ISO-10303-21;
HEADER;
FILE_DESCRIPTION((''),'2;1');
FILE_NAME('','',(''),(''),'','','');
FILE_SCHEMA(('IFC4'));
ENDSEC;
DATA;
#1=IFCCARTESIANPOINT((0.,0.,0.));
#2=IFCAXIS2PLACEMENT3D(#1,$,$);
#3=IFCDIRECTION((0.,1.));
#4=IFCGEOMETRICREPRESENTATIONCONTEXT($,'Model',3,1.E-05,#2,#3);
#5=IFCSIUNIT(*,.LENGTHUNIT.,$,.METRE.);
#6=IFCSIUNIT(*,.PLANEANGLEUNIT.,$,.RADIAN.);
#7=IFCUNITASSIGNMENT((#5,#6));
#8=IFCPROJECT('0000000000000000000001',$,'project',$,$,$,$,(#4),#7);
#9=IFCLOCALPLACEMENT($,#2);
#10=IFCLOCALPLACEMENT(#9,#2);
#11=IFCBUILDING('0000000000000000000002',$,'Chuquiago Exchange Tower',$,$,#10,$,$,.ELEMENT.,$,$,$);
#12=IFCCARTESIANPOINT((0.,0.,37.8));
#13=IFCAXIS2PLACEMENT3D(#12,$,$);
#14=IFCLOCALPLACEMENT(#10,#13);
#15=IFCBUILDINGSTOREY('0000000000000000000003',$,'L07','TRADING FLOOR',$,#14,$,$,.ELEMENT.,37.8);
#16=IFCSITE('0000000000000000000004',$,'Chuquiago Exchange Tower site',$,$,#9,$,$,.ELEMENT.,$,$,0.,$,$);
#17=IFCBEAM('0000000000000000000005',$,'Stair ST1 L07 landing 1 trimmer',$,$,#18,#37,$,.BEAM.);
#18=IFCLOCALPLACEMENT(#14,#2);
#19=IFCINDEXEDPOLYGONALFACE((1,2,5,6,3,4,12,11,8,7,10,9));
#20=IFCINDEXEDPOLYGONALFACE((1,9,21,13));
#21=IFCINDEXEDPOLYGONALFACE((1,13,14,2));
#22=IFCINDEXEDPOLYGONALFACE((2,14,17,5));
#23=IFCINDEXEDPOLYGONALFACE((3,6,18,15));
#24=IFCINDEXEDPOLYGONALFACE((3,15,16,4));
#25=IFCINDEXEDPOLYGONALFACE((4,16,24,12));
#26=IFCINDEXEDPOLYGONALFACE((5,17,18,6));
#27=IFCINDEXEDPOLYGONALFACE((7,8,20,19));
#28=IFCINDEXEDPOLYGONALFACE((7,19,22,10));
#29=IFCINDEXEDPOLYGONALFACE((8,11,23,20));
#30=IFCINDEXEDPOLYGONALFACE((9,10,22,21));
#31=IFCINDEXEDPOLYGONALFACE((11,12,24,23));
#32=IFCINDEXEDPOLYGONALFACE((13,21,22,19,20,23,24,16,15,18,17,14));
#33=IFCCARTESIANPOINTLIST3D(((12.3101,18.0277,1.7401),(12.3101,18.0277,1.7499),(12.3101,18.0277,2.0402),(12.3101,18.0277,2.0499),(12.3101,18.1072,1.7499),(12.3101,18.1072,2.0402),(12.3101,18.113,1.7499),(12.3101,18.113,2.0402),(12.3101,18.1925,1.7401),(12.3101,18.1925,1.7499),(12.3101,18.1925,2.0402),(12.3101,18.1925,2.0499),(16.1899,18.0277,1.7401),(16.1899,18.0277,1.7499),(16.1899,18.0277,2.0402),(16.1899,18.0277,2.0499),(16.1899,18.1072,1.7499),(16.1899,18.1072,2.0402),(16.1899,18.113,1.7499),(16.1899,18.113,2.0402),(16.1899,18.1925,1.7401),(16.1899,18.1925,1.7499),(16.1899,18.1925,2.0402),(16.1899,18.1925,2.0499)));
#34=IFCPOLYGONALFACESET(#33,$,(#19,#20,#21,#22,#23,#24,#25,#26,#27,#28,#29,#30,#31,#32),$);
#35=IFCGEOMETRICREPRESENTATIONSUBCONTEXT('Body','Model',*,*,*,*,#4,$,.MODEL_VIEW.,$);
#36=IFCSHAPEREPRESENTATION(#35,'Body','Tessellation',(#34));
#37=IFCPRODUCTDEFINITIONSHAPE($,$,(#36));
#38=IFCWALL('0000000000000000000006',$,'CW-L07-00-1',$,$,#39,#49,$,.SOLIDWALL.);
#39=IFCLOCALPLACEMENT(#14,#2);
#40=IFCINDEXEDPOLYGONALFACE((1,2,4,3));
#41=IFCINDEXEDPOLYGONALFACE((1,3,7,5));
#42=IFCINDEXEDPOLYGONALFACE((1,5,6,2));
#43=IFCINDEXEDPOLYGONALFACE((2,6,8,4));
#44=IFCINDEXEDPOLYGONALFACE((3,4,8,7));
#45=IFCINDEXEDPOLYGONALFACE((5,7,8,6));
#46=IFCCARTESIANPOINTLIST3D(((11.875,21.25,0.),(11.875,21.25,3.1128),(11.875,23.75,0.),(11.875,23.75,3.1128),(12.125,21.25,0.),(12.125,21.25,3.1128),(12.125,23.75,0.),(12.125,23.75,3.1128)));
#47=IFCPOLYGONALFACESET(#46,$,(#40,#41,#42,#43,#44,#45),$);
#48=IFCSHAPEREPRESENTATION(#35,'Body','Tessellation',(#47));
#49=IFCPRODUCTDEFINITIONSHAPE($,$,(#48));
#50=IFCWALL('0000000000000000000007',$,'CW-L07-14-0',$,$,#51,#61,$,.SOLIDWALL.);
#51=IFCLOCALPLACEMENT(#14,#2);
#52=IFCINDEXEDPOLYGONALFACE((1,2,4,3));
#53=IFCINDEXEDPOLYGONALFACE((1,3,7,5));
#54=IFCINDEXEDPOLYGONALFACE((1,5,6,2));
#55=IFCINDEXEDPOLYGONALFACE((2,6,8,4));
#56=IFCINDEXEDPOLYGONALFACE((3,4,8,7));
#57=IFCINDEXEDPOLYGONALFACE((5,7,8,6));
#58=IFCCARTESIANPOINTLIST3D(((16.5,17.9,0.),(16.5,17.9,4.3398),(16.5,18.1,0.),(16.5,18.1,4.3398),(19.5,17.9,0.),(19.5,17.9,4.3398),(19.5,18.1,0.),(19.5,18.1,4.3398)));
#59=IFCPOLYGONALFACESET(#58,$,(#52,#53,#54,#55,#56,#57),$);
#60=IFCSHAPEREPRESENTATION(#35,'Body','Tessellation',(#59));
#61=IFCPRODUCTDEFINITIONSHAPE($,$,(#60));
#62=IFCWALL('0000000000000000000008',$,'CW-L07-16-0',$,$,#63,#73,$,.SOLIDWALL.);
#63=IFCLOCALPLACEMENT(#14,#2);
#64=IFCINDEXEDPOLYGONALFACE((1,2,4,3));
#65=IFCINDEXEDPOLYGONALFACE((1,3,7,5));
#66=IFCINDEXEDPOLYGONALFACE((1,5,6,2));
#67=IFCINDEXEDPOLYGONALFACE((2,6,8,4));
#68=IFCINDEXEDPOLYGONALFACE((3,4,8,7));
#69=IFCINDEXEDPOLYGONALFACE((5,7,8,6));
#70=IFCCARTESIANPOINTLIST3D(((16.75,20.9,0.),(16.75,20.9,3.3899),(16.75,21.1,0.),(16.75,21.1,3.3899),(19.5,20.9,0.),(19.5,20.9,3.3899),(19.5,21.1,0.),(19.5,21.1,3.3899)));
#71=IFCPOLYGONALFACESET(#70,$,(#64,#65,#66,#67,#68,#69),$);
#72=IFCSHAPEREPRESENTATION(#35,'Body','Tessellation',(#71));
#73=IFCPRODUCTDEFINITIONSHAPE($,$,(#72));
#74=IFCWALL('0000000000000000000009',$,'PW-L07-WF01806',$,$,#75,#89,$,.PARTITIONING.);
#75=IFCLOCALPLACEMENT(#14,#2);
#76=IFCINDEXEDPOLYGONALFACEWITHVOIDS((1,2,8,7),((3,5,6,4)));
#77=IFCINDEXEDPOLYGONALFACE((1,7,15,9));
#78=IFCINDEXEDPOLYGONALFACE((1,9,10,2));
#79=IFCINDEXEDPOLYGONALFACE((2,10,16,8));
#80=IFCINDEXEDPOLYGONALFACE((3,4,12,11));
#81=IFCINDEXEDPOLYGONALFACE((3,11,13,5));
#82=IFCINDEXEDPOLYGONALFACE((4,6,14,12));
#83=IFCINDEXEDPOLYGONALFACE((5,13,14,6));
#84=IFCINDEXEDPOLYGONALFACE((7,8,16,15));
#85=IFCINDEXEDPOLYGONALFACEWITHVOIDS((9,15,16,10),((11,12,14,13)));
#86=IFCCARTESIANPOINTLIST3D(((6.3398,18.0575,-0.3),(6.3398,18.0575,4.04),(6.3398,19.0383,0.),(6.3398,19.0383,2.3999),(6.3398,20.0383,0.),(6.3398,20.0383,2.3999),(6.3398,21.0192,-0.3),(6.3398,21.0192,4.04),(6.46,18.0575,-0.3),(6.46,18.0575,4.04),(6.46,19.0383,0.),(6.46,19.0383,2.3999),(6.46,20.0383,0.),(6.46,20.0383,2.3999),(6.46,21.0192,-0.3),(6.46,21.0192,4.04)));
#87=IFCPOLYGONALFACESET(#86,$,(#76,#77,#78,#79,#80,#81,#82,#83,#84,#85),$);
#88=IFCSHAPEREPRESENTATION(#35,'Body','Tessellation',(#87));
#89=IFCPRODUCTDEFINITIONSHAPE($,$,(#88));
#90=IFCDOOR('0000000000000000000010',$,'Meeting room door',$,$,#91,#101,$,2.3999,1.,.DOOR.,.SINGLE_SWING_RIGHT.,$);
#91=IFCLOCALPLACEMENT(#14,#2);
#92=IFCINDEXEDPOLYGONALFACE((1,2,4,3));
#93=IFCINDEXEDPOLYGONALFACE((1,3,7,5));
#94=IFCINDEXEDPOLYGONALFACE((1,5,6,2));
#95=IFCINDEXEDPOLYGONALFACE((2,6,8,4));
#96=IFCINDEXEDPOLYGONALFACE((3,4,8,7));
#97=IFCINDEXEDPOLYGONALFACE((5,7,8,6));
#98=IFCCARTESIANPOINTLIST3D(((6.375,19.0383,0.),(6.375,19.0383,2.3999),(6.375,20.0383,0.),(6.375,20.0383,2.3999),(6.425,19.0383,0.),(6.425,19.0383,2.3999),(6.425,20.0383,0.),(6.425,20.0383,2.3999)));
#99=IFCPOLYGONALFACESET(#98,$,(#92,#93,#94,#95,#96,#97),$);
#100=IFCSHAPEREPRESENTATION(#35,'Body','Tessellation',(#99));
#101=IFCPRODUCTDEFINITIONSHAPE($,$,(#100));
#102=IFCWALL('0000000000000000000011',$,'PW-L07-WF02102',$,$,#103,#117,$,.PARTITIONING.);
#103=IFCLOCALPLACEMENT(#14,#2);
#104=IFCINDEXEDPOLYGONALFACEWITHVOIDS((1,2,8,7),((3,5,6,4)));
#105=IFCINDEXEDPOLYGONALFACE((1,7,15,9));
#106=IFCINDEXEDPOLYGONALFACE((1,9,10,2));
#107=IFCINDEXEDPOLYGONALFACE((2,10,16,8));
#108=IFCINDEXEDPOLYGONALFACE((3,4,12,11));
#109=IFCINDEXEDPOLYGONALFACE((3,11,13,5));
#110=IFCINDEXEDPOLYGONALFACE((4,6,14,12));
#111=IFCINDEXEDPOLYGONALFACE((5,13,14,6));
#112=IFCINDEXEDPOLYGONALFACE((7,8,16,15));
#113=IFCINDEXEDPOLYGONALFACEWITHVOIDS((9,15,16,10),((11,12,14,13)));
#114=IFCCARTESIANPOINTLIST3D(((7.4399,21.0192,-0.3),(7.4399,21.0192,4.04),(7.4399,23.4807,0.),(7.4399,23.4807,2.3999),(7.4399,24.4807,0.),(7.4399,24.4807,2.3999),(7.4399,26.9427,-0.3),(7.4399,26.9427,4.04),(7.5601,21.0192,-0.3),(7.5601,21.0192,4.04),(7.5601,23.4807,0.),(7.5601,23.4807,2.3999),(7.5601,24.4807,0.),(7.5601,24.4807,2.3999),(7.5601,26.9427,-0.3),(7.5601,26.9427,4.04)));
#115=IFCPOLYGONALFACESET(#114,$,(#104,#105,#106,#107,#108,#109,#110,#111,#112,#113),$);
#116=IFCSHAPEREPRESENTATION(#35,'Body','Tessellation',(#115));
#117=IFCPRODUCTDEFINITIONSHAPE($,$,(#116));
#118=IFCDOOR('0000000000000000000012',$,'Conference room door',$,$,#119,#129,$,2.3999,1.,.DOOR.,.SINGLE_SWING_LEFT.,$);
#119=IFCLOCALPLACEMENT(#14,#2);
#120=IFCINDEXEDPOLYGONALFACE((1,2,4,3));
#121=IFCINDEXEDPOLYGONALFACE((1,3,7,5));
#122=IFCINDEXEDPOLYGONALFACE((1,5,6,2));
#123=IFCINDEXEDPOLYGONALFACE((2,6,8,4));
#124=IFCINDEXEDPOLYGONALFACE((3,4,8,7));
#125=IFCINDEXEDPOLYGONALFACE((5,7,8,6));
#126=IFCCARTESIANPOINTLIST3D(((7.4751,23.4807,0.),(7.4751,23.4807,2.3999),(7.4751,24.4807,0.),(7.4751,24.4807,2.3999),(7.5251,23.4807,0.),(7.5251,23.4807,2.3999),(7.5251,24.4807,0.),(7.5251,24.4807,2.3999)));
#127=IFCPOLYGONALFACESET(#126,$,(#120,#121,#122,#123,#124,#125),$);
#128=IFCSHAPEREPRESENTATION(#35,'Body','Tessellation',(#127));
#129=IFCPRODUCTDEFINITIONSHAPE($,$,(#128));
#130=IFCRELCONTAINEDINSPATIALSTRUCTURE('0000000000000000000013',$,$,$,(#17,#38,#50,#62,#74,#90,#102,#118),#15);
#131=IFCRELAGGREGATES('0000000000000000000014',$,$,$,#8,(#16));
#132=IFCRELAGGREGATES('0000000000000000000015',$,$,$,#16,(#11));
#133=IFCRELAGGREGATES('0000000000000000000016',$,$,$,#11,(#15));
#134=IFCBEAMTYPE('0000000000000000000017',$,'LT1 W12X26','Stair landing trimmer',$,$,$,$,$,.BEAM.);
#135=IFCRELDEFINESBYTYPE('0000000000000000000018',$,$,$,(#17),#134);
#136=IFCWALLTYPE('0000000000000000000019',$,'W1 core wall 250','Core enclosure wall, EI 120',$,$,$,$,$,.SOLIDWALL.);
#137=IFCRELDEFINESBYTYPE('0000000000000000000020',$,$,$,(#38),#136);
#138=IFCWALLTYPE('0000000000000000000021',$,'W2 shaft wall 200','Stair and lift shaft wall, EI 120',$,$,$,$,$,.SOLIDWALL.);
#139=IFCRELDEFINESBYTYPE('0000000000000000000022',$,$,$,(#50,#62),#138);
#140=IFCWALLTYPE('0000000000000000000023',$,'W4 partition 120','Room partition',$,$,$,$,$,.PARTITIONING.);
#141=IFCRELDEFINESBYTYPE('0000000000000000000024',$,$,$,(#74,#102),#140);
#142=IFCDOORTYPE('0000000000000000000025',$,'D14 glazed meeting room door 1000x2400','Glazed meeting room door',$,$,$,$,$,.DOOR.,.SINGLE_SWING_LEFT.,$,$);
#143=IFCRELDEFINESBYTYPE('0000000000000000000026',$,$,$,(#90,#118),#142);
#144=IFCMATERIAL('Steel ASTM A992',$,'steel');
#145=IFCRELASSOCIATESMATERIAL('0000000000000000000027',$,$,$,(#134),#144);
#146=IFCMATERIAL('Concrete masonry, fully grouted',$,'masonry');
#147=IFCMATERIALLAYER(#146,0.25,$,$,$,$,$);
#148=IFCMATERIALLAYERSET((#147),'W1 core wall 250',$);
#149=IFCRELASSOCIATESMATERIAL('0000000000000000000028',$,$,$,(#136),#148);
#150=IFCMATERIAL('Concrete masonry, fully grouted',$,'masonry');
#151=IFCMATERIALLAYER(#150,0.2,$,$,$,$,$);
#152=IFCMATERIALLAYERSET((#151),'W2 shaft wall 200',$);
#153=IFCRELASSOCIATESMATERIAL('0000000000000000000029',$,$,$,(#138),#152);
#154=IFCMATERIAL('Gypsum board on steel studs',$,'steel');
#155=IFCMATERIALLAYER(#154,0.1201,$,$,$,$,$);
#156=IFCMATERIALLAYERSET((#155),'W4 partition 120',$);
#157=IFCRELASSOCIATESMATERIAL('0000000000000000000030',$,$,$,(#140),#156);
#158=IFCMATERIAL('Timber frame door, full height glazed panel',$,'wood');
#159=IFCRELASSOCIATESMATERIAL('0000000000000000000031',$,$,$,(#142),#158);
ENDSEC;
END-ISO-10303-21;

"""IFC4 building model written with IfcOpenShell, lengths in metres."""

from ifc_helpers import new_model, si_unit, direction, frame, frame_2d, origin, origin_2d, place, context, subcontext, project, spatial, rectangle, i_section, extrude, material, layer, layer_set, material_profile, profile_set, type_object, element, fill, save


model = new_model("IFC4")

# Units and contexts
model_context = context("Model", 3, precision=1e-05, world=origin(), true_north=direction((0.0, 1.0)))
body_context = subcontext(model_context, "Body", "Model", "MODEL_VIEW")
ifc_project = project(units=[si_unit("LENGTHUNIT", "METRE"), si_unit("PLANEANGLEUNIT", "RADIAN")], contexts=[model_context])

# Site, building, storey
site_placement = place(None, origin())
site = spatial("IfcSite", under=ifc_project, at=site_placement, Name="Chuquiago Exchange Tower site", CompositionType="ELEMENT", RefElevation=0.0)
building_placement = place(site_placement, origin())
building = spatial("IfcBuilding", under=site, at=building_placement, Name="Chuquiago Exchange Tower", CompositionType="ELEMENT")
storey_placement = place(building_placement, frame((0.0, 0.0, 37.8)))
storey = spatial("IfcBuildingStorey", under=building, at=storey_placement, Name="L07", Description="TRADING FLOOR", CompositionType="ELEMENT", Elevation=37.8)

# Beam
ifc_material_1 = material(Name="Steel ASTM A992", Category="steel")
ifc_material_profile_1 = material_profile(ifc_material_1, i_section(OverallWidth=0.1648, OverallDepth=0.3098, WebThickness=0.0059, FlangeThickness=0.0098, at=origin_2d()), Name="W12X26")
ifc_profile_set_1 = profile_set([ifc_material_profile_1], Name="Steel ASTM A992")
beam_type_1 = type_object("IfcBeamType", Name="LT1 W12X26", Description="Stair landing trimmer", PredefinedType="BEAM", material=ifc_profile_set_1)
beam_1_placement = place(storey_placement, frame((12.3101, 18.1101, 1.895), z_axis=(1.0, 0.0, 0.0), x_axis=(0.0, 1.0, 0.0)))
element("IfcBeam", 1, at=beam_1_placement, inside=storey, type_object=beam_type_1, Name="Stair ST1 L07 landing 1 trimmer", PredefinedType="BEAM", context=body_context, shape_type="SweptSolid", body=[
    extrude(i_section(OverallWidth=0.1648, OverallDepth=0.3098, WebThickness=0.0059, FlangeThickness=0.0098, at=origin_2d()), origin(), (0.0, 0.0, 1.0), 3.8799),
])

# Walls
ifc_material_2 = material(Name="Concrete masonry, fully grouted", Category="masonry")
ifc_layer_1 = layer(ifc_material_2, 0.25)
ifc_layer_set_1 = layer_set([ifc_layer_1], Name="W1 core wall 250")
wall_type_1 = type_object("IfcWallType", Name="W1 core wall 250", Description="Core enclosure wall, EI 120", PredefinedType="SOLIDWALL", material=ifc_layer_set_1)
wall_1_placement = place(storey_placement, frame((12.0, 21.25, 0.0), z_axis=(0.0, 0.0, 1.0), x_axis=(0.0, 1.0, 0.0)))
element("IfcWall", 2, at=wall_1_placement, inside=storey, type_object=wall_type_1, Name="CW-L07-00-1", PredefinedType="SOLIDWALL", context=body_context, shape_type="SweptSolid", body=[
    extrude(rectangle(XDim=2.5, YDim=0.25, at=frame_2d((1.25, 0.0))), origin(), (0.0, 0.0, 1.0), 3.1128),
])
ifc_material_3 = material(Name="Concrete masonry, fully grouted", Category="masonry")
ifc_layer_2 = layer(ifc_material_3, 0.2)
ifc_layer_set_2 = layer_set([ifc_layer_2], Name="W2 shaft wall 200")
wall_type_2 = type_object("IfcWallType", Name="W2 shaft wall 200", Description="Stair and lift shaft wall, EI 120", PredefinedType="SOLIDWALL", material=ifc_layer_set_2)
wall_2_placement = place(storey_placement, frame((16.5, 18.0, 0.0), z_axis=(0.0, 0.0, 1.0), x_axis=(1.0, 0.0, 0.0)))
element("IfcWall", 3, at=wall_2_placement, inside=storey, type_object=wall_type_2, Name="CW-L07-14-0", PredefinedType="SOLIDWALL", context=body_context, shape_type="SweptSolid", body=[
    extrude(rectangle(XDim=3.0, YDim=0.2, at=frame_2d((1.5, 0.0))), origin(), (0.0, 0.0, 1.0), 4.3398),
])
wall_3_placement = place(storey_placement, frame((16.75, 21.0, 0.0), z_axis=(0.0, 0.0, 1.0), x_axis=(1.0, 0.0, 0.0)))
element("IfcWall", 4, at=wall_3_placement, inside=storey, type_object=wall_type_2, Name="CW-L07-16-0", PredefinedType="SOLIDWALL", context=body_context, shape_type="SweptSolid", body=[
    extrude(rectangle(XDim=2.75, YDim=0.2, at=frame_2d((1.375, 0.0))), origin(), (0.0, 0.0, 1.0), 3.3899),
])

# Walls, openings, doors
ifc_material_4 = material(Name="Gypsum board on steel studs", Category="steel")
ifc_layer_3 = layer(ifc_material_4, 0.1201)
ifc_layer_set_3 = layer_set([ifc_layer_3], Name="W4 partition 120")
wall_type_3 = type_object("IfcWallType", Name="W4 partition 120", Description="Room partition", PredefinedType="PARTITIONING", material=ifc_layer_set_3)
wall_4_placement = place(storey_placement, frame((6.3999, 18.0574, -0.3), z_axis=(0.0, 0.0, 1.0), x_axis=(0.0, 1.0, 0.0)))
wall_4 = element("IfcWall", 5, at=wall_4_placement, inside=storey, type_object=wall_type_3, Name="PW-L07-WF01806", PredefinedType="PARTITIONING", context=body_context, shape_type="SweptSolid", body=[
    extrude(rectangle(XDim=2.9617, YDim=0.1201, at=frame_2d((1.481, 0.0))), origin(), (0.0, 0.0, 1.0), 4.3401),
])
opening_1_placement = place(wall_4_placement, frame((0.981, 0.0, 0.3)))
opening_1 = element("IfcOpeningElement", 6, at=opening_1_placement, cuts=wall_4, PredefinedType="OPENING", context=body_context, shape_type="SweptSolid", body=[
    extrude(rectangle(XDim=1.0, YDim=2.3999, at=frame_2d((0.5, 1.2))), frame((0.0, 0.0701, 0.0), z_axis=(0.0, -1.0, 0.0), x_axis=(1.0, 0.0, 0.0)), (0.0, 0.0, 1.0), 0.1401),
])
ifc_material_5 = material(Name="Timber frame door, full height glazed panel", Category="wood")
door_type = type_object("IfcDoorType", Name="D14 glazed meeting room door 1000x2400", Description="Glazed meeting room door", OperationType="SINGLE_SWING_LEFT", PredefinedType="DOOR", material=ifc_material_5)
door_1_placement = place(opening_1_placement, origin())
door_1 = element("IfcDoor", 7, at=door_1_placement, inside=storey, type_object=door_type, Name="Meeting room door", OperationType="SINGLE_SWING_RIGHT", OverallHeight=2.3999, OverallWidth=1.0, PredefinedType="DOOR", context=body_context, shape_type="SweptSolid", body=[
    extrude(rectangle(XDim=1.0, YDim=2.3999, at=frame_2d((0.5, 1.2))), frame((0.0, 0.0249, 0.0), z_axis=(0.0, -1.0, 0.0), x_axis=(1.0, 0.0, 0.0)), (0.0, 0.0, 1.0), 0.05),
])
fill(opening_1, door_1)
wall_5_placement = place(storey_placement, frame((7.5, 21.019, -0.3), z_axis=(0.0, 0.0, 1.0), x_axis=(0.0, 1.0, 0.0)))
wall_5 = element("IfcWall", 8, at=wall_5_placement, inside=storey, type_object=wall_type_3, Name="PW-L07-WF02102", PredefinedType="PARTITIONING", context=body_context, shape_type="SweptSolid", body=[
    extrude(rectangle(XDim=5.9236, YDim=0.1201, at=frame_2d((2.9619, 0.0))), origin(), (0.0, 0.0, 1.0), 4.3401),
])
opening_2_placement = place(wall_5_placement, frame((2.4617, 0.0, 0.3)))
opening_2 = element("IfcOpeningElement", 9, at=opening_2_placement, cuts=wall_5, PredefinedType="OPENING", context=body_context, shape_type="SweptSolid", body=[
    extrude(rectangle(XDim=1.0, YDim=2.3999, at=frame_2d((0.5, 1.2))), frame((0.0, 0.0701, 0.0), z_axis=(0.0, -1.0, 0.0), x_axis=(1.0, 0.0, 0.0)), (0.0, 0.0, 1.0), 0.1401),
])
door_2_placement = place(opening_2_placement, origin())
door_2 = element("IfcDoor", 10, at=door_2_placement, inside=storey, type_object=door_type, Name="Conference room door", OperationType="SINGLE_SWING_LEFT", OverallHeight=2.3999, OverallWidth=1.0, PredefinedType="DOOR", context=body_context, shape_type="SweptSolid", body=[
    extrude(rectangle(XDim=1.0, YDim=2.3999, at=frame_2d((0.5, 1.2))), frame((0.0, 0.0249, 0.0), z_axis=(0.0, -1.0, 0.0), x_axis=(1.0, 0.0, 0.0)), (0.0, 0.0, 1.0), 0.05),
])
fill(opening_2, door_2)

save(model, "model.ifc")
